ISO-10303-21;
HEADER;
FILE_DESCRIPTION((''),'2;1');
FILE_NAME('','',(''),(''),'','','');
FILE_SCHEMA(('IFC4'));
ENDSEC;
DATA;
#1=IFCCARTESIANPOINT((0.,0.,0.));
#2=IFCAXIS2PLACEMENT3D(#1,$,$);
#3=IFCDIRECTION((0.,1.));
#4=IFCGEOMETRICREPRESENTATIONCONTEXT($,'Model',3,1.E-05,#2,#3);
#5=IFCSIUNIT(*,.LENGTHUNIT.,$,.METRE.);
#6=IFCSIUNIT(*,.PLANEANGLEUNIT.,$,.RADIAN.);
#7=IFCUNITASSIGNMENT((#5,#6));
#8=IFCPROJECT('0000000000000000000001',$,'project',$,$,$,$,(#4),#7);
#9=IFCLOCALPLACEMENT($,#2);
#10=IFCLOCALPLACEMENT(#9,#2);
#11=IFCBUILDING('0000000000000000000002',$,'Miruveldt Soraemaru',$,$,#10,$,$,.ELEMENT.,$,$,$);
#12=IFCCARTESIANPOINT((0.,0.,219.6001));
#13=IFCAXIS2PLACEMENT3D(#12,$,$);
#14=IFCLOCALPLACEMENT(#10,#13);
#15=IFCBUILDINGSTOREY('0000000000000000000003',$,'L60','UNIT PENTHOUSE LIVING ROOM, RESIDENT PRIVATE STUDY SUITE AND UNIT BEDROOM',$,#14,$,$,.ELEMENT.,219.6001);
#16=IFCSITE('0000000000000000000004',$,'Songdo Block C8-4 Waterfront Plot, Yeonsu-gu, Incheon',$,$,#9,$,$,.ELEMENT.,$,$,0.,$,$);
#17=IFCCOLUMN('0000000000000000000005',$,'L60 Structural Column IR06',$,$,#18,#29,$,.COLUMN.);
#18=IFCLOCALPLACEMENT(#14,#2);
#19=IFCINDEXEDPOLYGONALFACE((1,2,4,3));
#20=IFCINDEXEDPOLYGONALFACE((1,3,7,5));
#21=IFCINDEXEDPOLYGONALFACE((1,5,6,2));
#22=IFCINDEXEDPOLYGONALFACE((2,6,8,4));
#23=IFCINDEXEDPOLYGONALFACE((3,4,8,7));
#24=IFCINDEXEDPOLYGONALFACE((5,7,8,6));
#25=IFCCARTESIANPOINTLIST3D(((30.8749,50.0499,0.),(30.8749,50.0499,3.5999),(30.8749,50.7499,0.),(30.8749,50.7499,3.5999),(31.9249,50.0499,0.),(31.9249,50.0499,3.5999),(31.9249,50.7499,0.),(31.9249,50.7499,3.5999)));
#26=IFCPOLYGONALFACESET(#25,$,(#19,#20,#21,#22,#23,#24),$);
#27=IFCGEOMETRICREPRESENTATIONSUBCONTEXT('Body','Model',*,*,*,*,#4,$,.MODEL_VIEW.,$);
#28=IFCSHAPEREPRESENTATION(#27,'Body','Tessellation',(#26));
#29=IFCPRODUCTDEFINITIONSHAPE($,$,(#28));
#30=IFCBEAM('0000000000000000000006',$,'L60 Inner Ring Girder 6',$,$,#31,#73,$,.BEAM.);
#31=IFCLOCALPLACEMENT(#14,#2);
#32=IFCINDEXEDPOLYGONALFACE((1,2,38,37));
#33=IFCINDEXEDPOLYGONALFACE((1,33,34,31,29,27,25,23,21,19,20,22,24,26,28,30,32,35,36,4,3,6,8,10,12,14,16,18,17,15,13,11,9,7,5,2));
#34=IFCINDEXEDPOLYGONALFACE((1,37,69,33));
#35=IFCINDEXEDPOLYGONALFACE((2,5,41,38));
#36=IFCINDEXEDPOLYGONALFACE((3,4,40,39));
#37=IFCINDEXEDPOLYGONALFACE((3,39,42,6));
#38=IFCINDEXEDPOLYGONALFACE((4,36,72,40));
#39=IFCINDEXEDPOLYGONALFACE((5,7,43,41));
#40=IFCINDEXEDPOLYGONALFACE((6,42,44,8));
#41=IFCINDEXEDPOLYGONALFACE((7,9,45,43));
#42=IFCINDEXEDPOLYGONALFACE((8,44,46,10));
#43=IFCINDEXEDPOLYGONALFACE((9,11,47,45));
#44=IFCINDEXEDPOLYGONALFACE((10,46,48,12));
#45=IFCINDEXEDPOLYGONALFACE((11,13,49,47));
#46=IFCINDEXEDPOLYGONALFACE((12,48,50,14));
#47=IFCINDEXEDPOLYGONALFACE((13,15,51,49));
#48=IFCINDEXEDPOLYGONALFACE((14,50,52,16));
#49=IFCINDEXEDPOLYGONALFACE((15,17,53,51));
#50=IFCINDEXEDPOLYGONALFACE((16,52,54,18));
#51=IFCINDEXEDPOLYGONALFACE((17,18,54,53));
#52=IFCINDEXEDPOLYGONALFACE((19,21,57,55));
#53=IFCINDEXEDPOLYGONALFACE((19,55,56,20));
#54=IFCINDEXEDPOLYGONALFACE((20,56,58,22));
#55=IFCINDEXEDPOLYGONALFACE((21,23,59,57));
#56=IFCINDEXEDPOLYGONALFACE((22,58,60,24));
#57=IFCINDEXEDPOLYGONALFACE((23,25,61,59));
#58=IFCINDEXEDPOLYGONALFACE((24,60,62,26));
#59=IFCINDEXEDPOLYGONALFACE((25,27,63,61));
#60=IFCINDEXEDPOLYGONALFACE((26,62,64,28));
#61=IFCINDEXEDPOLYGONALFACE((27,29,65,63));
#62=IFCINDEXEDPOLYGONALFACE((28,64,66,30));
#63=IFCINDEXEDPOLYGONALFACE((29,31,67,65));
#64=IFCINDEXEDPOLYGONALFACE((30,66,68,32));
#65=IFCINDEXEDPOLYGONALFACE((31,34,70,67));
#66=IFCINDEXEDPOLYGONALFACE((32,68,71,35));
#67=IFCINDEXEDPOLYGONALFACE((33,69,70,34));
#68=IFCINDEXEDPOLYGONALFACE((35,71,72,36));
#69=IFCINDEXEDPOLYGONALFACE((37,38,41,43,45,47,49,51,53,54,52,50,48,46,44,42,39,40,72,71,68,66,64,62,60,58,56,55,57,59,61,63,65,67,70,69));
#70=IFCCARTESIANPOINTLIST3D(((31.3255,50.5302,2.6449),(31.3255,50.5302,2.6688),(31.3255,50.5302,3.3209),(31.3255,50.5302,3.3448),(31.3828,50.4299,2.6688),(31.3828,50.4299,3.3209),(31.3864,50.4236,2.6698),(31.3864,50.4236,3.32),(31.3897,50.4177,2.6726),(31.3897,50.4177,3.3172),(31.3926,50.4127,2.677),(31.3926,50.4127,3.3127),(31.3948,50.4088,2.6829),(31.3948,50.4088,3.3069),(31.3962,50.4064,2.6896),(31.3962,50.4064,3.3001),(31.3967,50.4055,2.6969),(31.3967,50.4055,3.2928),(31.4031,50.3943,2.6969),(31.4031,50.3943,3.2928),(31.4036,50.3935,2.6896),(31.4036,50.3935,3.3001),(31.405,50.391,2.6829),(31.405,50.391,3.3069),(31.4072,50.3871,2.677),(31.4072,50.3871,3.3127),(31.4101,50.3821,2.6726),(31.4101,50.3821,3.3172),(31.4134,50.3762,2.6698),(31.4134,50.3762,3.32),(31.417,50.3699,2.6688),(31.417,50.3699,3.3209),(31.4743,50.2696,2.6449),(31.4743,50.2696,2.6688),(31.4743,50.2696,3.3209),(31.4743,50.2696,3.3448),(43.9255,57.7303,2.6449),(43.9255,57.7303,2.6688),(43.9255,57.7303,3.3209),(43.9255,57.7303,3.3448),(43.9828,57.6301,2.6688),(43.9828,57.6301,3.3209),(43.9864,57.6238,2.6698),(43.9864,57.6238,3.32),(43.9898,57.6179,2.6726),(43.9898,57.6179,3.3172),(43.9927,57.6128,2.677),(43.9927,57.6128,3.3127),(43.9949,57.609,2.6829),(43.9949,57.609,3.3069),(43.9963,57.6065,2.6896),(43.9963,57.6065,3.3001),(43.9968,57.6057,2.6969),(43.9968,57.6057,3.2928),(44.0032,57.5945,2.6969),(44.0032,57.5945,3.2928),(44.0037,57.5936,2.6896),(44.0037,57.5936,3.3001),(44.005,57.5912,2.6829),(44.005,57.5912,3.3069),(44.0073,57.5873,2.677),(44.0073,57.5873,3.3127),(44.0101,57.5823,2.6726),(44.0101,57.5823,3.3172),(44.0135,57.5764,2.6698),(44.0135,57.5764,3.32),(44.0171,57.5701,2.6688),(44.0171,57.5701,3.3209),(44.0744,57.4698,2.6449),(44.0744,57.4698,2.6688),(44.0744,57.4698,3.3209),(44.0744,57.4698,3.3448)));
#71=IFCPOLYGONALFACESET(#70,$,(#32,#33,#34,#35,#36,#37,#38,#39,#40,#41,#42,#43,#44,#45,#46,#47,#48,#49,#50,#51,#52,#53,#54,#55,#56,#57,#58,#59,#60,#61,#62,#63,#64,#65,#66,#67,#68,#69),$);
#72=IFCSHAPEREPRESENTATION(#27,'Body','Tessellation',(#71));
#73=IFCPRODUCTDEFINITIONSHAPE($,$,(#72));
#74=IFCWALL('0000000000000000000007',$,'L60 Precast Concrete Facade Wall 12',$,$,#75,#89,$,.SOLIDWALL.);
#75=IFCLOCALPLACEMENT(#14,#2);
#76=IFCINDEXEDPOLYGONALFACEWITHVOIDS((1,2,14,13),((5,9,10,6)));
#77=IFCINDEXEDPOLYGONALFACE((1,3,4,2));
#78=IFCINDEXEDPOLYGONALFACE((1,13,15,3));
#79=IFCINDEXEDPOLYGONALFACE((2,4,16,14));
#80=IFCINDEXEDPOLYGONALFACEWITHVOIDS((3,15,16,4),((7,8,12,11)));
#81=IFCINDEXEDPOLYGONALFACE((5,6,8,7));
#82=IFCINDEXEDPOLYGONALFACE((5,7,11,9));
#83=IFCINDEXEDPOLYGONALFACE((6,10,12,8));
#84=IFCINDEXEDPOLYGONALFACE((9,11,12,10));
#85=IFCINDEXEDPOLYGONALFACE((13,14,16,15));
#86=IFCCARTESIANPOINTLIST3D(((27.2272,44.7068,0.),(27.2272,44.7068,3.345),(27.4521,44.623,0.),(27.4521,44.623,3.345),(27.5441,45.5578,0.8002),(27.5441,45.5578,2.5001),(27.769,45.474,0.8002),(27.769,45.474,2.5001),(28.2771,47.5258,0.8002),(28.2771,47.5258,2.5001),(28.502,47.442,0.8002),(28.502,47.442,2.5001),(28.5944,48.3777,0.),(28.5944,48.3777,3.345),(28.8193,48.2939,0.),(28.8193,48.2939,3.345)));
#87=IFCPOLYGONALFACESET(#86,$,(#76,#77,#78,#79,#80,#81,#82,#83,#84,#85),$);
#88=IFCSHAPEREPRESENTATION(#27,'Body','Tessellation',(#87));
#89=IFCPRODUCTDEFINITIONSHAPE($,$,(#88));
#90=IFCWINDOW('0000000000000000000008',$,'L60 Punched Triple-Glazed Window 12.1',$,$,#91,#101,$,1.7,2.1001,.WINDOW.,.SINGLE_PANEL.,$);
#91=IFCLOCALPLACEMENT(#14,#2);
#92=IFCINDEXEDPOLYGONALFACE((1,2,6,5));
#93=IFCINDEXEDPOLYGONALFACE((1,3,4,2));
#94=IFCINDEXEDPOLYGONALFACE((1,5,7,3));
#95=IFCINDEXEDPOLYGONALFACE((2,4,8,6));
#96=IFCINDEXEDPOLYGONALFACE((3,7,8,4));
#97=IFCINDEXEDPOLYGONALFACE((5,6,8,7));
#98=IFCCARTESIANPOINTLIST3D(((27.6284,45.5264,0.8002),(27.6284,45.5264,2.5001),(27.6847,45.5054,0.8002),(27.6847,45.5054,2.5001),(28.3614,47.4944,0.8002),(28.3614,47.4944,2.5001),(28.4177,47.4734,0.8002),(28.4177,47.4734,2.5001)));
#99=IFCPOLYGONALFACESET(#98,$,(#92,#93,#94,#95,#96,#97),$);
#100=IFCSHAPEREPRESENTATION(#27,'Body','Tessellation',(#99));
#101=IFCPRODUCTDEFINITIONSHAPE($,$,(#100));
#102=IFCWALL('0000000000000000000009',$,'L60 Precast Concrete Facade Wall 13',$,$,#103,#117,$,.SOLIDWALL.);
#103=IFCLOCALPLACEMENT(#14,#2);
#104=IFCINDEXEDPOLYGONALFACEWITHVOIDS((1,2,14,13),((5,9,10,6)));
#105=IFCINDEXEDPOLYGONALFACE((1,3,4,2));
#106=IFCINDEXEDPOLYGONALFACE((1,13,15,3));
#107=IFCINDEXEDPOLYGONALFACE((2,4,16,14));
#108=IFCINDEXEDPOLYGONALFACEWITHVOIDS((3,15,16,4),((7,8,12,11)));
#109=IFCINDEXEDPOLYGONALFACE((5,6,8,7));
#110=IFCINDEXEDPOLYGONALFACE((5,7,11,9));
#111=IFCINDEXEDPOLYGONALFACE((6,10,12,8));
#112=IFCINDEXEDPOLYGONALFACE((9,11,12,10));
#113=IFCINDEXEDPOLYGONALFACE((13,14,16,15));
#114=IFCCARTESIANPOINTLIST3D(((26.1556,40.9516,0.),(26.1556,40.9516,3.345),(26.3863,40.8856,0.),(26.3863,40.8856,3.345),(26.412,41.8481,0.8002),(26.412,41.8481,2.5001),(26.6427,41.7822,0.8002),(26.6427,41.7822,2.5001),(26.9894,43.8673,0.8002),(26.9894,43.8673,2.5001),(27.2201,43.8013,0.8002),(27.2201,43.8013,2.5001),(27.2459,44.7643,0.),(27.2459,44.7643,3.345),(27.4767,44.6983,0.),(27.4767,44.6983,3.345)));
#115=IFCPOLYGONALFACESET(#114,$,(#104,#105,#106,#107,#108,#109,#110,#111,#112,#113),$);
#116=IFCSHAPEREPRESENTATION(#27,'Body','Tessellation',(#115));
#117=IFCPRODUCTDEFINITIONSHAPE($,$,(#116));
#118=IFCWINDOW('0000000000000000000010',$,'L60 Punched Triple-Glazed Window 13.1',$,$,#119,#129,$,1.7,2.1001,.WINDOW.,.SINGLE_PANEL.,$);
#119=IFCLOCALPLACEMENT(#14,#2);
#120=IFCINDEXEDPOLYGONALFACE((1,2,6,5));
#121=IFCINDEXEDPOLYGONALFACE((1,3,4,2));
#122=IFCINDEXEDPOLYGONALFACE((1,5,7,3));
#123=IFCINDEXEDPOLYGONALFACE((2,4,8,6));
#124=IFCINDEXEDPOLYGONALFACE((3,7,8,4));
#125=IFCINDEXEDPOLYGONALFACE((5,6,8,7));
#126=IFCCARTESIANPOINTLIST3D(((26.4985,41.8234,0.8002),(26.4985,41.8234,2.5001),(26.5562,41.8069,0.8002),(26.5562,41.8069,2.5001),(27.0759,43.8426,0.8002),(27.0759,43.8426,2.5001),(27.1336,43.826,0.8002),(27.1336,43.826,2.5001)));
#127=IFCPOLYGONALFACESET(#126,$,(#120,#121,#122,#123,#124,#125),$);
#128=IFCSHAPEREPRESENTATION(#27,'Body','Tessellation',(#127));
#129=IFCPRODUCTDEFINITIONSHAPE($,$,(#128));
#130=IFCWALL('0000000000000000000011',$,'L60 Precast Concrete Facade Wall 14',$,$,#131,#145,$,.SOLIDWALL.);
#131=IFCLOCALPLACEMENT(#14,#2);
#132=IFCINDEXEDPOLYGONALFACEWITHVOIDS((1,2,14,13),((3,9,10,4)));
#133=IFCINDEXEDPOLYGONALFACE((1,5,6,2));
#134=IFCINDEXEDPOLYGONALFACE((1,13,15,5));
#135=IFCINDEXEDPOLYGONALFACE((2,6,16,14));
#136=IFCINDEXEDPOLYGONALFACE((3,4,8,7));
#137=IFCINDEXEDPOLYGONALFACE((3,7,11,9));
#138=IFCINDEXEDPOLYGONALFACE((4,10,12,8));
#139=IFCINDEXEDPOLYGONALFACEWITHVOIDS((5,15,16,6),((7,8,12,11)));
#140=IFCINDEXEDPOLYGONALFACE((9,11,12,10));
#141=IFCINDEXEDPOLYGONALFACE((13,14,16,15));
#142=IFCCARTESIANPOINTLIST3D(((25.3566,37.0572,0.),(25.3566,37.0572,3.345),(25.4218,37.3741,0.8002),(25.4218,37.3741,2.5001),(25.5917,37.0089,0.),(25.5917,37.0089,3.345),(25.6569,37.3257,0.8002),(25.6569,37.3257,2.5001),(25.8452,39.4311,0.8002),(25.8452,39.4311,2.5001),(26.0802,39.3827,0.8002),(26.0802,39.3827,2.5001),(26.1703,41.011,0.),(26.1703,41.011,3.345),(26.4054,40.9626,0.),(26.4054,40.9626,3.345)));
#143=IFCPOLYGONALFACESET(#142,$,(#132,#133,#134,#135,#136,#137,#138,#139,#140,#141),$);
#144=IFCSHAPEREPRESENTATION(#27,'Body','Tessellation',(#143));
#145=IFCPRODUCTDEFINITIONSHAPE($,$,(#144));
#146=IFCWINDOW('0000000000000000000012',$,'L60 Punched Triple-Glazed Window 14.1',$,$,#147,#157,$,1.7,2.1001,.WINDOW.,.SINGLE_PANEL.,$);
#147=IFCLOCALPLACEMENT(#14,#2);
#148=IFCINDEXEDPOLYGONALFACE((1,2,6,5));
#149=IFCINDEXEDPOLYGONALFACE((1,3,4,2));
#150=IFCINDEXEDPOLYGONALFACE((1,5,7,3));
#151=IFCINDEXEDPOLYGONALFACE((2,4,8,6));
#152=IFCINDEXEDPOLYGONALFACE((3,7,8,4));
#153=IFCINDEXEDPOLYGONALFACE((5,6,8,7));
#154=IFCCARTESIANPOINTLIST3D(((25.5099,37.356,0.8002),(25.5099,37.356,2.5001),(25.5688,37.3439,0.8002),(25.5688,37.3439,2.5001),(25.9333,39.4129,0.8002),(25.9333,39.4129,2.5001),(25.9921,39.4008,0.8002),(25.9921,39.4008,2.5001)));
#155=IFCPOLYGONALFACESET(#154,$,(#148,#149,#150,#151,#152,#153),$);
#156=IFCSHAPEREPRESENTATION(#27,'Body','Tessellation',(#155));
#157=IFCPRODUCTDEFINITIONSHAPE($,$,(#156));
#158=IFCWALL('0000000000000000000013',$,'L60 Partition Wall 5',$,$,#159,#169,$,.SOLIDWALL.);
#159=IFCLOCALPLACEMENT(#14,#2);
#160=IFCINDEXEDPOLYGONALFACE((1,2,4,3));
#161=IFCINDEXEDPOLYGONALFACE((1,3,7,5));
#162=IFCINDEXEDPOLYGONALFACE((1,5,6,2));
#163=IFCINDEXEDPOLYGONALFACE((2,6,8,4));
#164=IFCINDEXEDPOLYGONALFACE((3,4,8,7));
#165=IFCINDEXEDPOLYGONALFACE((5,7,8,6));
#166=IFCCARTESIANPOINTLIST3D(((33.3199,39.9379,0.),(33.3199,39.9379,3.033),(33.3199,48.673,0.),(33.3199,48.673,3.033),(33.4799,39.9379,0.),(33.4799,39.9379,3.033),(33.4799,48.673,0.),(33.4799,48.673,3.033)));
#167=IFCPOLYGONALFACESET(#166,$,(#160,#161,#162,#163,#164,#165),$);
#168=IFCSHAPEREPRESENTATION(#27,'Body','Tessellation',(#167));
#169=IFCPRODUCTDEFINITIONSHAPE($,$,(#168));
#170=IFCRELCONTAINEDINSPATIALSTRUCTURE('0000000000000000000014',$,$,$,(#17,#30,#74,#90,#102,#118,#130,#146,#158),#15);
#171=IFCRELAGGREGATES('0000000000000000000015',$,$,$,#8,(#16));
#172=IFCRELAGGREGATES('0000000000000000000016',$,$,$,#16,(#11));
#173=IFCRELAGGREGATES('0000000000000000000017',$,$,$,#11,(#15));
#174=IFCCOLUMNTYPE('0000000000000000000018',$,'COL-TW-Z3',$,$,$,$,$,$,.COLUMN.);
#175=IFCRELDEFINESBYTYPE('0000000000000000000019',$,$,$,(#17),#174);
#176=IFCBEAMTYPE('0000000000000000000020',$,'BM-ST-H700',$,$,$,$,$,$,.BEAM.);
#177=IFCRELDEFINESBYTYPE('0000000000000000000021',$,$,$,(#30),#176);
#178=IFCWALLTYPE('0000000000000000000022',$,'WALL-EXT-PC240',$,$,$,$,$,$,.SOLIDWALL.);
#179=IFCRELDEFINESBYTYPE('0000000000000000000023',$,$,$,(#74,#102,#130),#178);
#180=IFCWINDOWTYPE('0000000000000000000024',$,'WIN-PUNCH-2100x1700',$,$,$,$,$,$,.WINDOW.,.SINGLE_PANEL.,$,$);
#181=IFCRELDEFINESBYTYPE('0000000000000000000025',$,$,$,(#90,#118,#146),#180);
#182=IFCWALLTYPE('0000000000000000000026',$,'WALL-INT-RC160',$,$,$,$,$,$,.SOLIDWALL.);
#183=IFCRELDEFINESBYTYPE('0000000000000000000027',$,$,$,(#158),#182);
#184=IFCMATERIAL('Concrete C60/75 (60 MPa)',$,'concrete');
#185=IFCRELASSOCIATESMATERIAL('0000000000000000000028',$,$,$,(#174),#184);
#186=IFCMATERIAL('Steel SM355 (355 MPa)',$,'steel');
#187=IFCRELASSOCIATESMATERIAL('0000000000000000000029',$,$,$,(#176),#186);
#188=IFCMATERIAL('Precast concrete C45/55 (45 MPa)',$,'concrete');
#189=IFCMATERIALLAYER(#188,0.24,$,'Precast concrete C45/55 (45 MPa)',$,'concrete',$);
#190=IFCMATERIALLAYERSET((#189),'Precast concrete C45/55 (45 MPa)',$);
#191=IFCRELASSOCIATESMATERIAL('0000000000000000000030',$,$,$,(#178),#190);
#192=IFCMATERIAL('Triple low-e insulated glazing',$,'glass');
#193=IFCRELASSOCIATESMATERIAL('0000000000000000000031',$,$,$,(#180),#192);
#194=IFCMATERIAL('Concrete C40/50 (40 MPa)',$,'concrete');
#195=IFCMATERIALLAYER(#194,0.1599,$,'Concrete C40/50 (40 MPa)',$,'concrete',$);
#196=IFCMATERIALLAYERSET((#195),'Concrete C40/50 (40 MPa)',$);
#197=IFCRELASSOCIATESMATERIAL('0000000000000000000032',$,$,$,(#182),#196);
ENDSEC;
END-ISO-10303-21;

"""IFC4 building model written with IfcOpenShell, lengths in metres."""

from ifc_helpers import new_model, si_unit, direction, frame, frame_2d, origin, origin_2d, place, context, subcontext, project, spatial, rectangle, i_section, extrude, material, layer, layer_set, material_profile, profile_set, type_object, element, fill, save


model = new_model("IFC4")

# Units and contexts
model_context = context("Model", 3, precision=1e-05, world=origin(), true_north=direction((0.0, 1.0)))
body_context = subcontext(model_context, "Body", "Model", "MODEL_VIEW")
ifc_project = project(units=[si_unit("LENGTHUNIT", "METRE"), si_unit("PLANEANGLEUNIT", "RADIAN")], contexts=[model_context])

# Site, building, storey
site_placement = place(None, origin())
site = spatial("IfcSite", under=ifc_project, at=site_placement, Name="Songdo Block C8-4 Waterfront Plot, Yeonsu-gu, Incheon", CompositionType="ELEMENT", RefElevation=0.0)
building_placement = place(site_placement, origin())
building = spatial("IfcBuilding", under=site, at=building_placement, Name="Miruveldt Soraemaru", CompositionType="ELEMENT")
storey_placement = place(building_placement, frame((0.0, 0.0, 219.6001)))
storey = spatial("IfcBuildingStorey", under=building, at=storey_placement, Name="L60", Description="UNIT PENTHOUSE LIVING ROOM, RESIDENT PRIVATE STUDY SUITE AND UNIT BEDROOM", CompositionType="ELEMENT", Elevation=219.6001)

# Column
ifc_material_1 = material(Name="Concrete C60/75 (60 MPa)", Category="concrete")
ifc_material_profile_1 = material_profile(ifc_material_1, rectangle(XDim=1.05, YDim=0.7, at=origin_2d()), Name="Concrete C60/75 (60 MPa)", Category="concrete")
ifc_profile_set_1 = profile_set([ifc_material_profile_1], Name="Concrete C60/75 (60 MPa)")
column_type = type_object("IfcColumnType", Name="COL-TW-Z3", PredefinedType="COLUMN", material=ifc_profile_set_1)
column_placement = place(storey_placement, frame((31.3999, 50.3999, 0.0), z_axis=(0.0, 0.0, 1.0), x_axis=(1.0, 0.0, 0.0)))
element("IfcColumn", 1, at=column_placement, inside=storey, type_object=column_type, Name="L60 Structural Column IR06", PredefinedType="COLUMN", context=body_context, shape_type="SweptSolid", body=[
    extrude(rectangle(XDim=1.05, YDim=0.7, at=origin_2d()), origin(), (0.0, 0.0, 1.0), 3.5999),
])

# Beam
ifc_material_2 = material(Name="Steel SM355 (355 MPa)", Category="steel")
ifc_material_profile_2 = material_profile(ifc_material_2, i_section(OverallWidth=0.3, OverallDepth=0.7, WebThickness=0.0129, FlangeThickness=0.0239, FilletRadius=0.0281, at=origin_2d()), Name="Steel SM355 (355 MPa)", Category="steel")
ifc_profile_set_2 = profile_set([ifc_material_profile_2], Name="Steel SM355 (355 MPa)")
beam_type = type_object("IfcBeamType", Name="BM-ST-H700", PredefinedType="BEAM", material=ifc_profile_set_2)
beam_placement = place(storey_placement, frame((31.3999, 50.3999, 2.9949), z_axis=(0.868239, 0.496146, 0.0), x_axis=(-0.496146, 0.868239, 0.0)))
element("IfcBeam", 2, at=beam_placement, inside=storey, type_object=beam_type, Name="L60 Inner Ring Girder 6", PredefinedType="BEAM", context=body_context, shape_type="SweptSolid", body=[
    extrude(i_section(OverallWidth=0.3, OverallDepth=0.7, WebThickness=0.0129, FlangeThickness=0.0239, FilletRadius=0.0281, at=origin_2d()), origin(), (0.0, 0.0, 1.0), 14.5122),
])

# Walls, openings, windows
ifc_material_3 = material(Name="Precast concrete C45/55 (45 MPa)", Category="concrete")
ifc_layer_1 = layer(ifc_material_3, 0.24, Name="Precast concrete C45/55 (45 MPa)", Category="concrete")
ifc_layer_set_1 = layer_set([ifc_layer_1], Name="Precast concrete C45/55 (45 MPa)")
wall_type_1 = type_object("IfcWallType", Name="WALL-EXT-PC240", PredefinedType="SOLIDWALL", material=ifc_layer_set_1)
wall_1_placement = place(storey_placement, frame((28.7068, 48.3357, 0.0), z_axis=(0.0, 0.0, 1.0), x_axis=(-0.349019, -0.937116, 0.0)))
wall_1 = element("IfcWall", 3, at=wall_1_placement, inside=storey, type_object=wall_type_1, Name="L60 Precast Concrete Facade Wall 12", PredefinedType="SOLIDWALL", context=body_context, shape_type="SweptSolid", body=[
    extrude(rectangle(XDim=3.9172, YDim=0.24, at=frame_2d((1.9585, 0.0))), origin(), (0.0, 0.0, 1.0), 3.345),
])
opening_1_placement = place(wall_1_placement, frame((0.9089, 0.0, 0.8)))
opening_1 = element("IfcOpeningElement", 4, at=opening_1_placement, cuts=wall_1, PredefinedType="OPENING", context=body_context, shape_type="SweptSolid", body=[
    extrude(rectangle(XDim=2.1001, YDim=1.7, at=frame_2d((1.05, 0.8501))), frame((0.0, 0.1299, 0.0), z_axis=(0.0, -1.0, 0.0), x_axis=(1.0, 0.0, 0.0)), (0.0, 0.0, 1.0), 0.26),
])
ifc_material_4 = material(Name="Triple low-e insulated glazing", Category="glass")
window_type = type_object("IfcWindowType", Name="WIN-PUNCH-2100x1700", PartitioningType="SINGLE_PANEL", PredefinedType="WINDOW", material=ifc_material_4)
window_1_placement = place(opening_1_placement, origin())
window_1 = element("IfcWindow", 5, at=window_1_placement, inside=storey, type_object=window_type, Name="L60 Punched Triple-Glazed Window 12.1", OverallHeight=1.7, OverallWidth=2.1001, PartitioningType="SINGLE_PANEL", PredefinedType="WINDOW", context=body_context, shape_type="SweptSolid", body=[
    extrude(rectangle(XDim=2.1001, YDim=1.7, at=frame_2d((1.05, 0.8501))), frame((0.0, 0.03, 0.0), z_axis=(0.0, -1.0, 0.0), x_axis=(1.0, 0.0, 0.0)), (0.0, 0.0, 1.0), 0.0601),
])
fill(opening_1, window_1)
wall_2_placement = place(storey_placement, frame((27.3613, 44.7314, 0.0), z_axis=(0.0, 0.0, 1.0), x_axis=(-0.274949, -0.961459, 0.0)))
wall_2 = element("IfcWall", 6, at=wall_2_placement, inside=storey, type_object=wall_type_1, Name="L60 Precast Concrete Facade Wall 13", PredefinedType="SOLIDWALL", context=body_context, shape_type="SweptSolid", body=[
    extrude(rectangle(XDim=3.9656, YDim=0.24, at=frame_2d((1.9829, 0.0))), origin(), (0.0, 0.0, 1.0), 3.345),
])
opening_2_placement = place(wall_2_placement, frame((0.9331, 0.0, 0.8)))
opening_2 = element("IfcOpeningElement", 7, at=opening_2_placement, cuts=wall_2, PredefinedType="OPENING", context=body_context, shape_type="SweptSolid", body=[
    extrude(rectangle(XDim=2.1001, YDim=1.7, at=frame_2d((1.05, 0.8501))), frame((0.0, 0.1299, 0.0), z_axis=(0.0, -1.0, 0.0), x_axis=(1.0, 0.0, 0.0)), (0.0, 0.0, 1.0), 0.26),
])
window_2_placement = place(opening_2_placement, origin())
window_2 = element("IfcWindow", 8, at=window_2_placement, inside=storey, type_object=window_type, Name="L60 Punched Triple-Glazed Window 13.1", OverallHeight=1.7, OverallWidth=2.1001, PartitioningType="SINGLE_PANEL", PredefinedType="WINDOW", context=body_context, shape_type="SweptSolid", body=[
    extrude(rectangle(XDim=2.1001, YDim=1.7, at=frame_2d((1.05, 0.8501))), frame((0.0, 0.03, 0.0), z_axis=(0.0, -1.0, 0.0), x_axis=(1.0, 0.0, 0.0)), (0.0, 0.0, 1.0), 0.0601),
])
fill(opening_2, window_2)
wall_3_placement = place(storey_placement, frame((26.2878, 40.9868, 0.0), z_axis=(0.0, 0.0, 1.0), x_axis=(-0.20158, -0.979472, 0.0)))
wall_3 = element("IfcWall", 9, at=wall_3_placement, inside=storey, type_object=wall_type_1, Name="L60 Precast Concrete Facade Wall 14", PredefinedType="SOLIDWALL", context=body_context, shape_type="SweptSolid", body=[
    extrude(rectangle(XDim=4.0366, YDim=0.24, at=frame_2d((2.0183, 0.0))), origin(), (0.0, 0.0, 1.0), 3.345),
])
opening_3_placement = place(wall_3_placement, frame((1.613, 0.0, 0.8)))
opening_3 = element("IfcOpeningElement", 10, at=opening_3_placement, cuts=wall_3, PredefinedType="OPENING", context=body_context, shape_type="SweptSolid", body=[
    extrude(rectangle(XDim=2.1001, YDim=1.7, at=frame_2d((1.05, 0.8501))), frame((0.0, 0.1299, 0.0), z_axis=(0.0, -1.0, 0.0), x_axis=(1.0, 0.0, 0.0)), (0.0, 0.0, 1.0), 0.26),
])
window_3_placement = place(opening_3_placement, origin())
window_3 = element("IfcWindow", 11, at=window_3_placement, inside=storey, type_object=window_type, Name="L60 Punched Triple-Glazed Window 14.1", OverallHeight=1.7, OverallWidth=2.1001, PartitioningType="SINGLE_PANEL", PredefinedType="WINDOW", context=body_context, shape_type="SweptSolid", body=[
    extrude(rectangle(XDim=2.1001, YDim=1.7, at=frame_2d((1.05, 0.8501))), frame((0.0, 0.03, 0.0), z_axis=(0.0, -1.0, 0.0), x_axis=(1.0, 0.0, 0.0)), (0.0, 0.0, 1.0), 0.0601),
])
fill(opening_3, window_3)

# Wall
ifc_material_5 = material(Name="Concrete C40/50 (40 MPa)", Category="concrete")
ifc_layer_2 = layer(ifc_material_5, 0.1599, Name="Concrete C40/50 (40 MPa)", Category="concrete")
ifc_layer_set_2 = layer_set([ifc_layer_2], Name="Concrete C40/50 (40 MPa)")
wall_type_2 = type_object("IfcWallType", Name="WALL-INT-RC160", PredefinedType="SOLIDWALL", material=ifc_layer_set_2)
wall_4_placement = place(storey_placement, frame((33.3999, 48.6731, 0.0), z_axis=(0.0, 0.0, 1.0), x_axis=(0.0, -1.0, 0.0)))
element("IfcWall", 12, at=wall_4_placement, inside=storey, type_object=wall_type_2, Name="L60 Partition Wall 5", PredefinedType="SOLIDWALL", context=body_context, shape_type="SweptSolid", body=[
    extrude(rectangle(XDim=8.7351, YDim=0.1599, at=frame_2d((4.3677, 0.0))), origin(), (0.0, 0.0, 1.0), 3.033),
])

save(model, "model.ifc")
